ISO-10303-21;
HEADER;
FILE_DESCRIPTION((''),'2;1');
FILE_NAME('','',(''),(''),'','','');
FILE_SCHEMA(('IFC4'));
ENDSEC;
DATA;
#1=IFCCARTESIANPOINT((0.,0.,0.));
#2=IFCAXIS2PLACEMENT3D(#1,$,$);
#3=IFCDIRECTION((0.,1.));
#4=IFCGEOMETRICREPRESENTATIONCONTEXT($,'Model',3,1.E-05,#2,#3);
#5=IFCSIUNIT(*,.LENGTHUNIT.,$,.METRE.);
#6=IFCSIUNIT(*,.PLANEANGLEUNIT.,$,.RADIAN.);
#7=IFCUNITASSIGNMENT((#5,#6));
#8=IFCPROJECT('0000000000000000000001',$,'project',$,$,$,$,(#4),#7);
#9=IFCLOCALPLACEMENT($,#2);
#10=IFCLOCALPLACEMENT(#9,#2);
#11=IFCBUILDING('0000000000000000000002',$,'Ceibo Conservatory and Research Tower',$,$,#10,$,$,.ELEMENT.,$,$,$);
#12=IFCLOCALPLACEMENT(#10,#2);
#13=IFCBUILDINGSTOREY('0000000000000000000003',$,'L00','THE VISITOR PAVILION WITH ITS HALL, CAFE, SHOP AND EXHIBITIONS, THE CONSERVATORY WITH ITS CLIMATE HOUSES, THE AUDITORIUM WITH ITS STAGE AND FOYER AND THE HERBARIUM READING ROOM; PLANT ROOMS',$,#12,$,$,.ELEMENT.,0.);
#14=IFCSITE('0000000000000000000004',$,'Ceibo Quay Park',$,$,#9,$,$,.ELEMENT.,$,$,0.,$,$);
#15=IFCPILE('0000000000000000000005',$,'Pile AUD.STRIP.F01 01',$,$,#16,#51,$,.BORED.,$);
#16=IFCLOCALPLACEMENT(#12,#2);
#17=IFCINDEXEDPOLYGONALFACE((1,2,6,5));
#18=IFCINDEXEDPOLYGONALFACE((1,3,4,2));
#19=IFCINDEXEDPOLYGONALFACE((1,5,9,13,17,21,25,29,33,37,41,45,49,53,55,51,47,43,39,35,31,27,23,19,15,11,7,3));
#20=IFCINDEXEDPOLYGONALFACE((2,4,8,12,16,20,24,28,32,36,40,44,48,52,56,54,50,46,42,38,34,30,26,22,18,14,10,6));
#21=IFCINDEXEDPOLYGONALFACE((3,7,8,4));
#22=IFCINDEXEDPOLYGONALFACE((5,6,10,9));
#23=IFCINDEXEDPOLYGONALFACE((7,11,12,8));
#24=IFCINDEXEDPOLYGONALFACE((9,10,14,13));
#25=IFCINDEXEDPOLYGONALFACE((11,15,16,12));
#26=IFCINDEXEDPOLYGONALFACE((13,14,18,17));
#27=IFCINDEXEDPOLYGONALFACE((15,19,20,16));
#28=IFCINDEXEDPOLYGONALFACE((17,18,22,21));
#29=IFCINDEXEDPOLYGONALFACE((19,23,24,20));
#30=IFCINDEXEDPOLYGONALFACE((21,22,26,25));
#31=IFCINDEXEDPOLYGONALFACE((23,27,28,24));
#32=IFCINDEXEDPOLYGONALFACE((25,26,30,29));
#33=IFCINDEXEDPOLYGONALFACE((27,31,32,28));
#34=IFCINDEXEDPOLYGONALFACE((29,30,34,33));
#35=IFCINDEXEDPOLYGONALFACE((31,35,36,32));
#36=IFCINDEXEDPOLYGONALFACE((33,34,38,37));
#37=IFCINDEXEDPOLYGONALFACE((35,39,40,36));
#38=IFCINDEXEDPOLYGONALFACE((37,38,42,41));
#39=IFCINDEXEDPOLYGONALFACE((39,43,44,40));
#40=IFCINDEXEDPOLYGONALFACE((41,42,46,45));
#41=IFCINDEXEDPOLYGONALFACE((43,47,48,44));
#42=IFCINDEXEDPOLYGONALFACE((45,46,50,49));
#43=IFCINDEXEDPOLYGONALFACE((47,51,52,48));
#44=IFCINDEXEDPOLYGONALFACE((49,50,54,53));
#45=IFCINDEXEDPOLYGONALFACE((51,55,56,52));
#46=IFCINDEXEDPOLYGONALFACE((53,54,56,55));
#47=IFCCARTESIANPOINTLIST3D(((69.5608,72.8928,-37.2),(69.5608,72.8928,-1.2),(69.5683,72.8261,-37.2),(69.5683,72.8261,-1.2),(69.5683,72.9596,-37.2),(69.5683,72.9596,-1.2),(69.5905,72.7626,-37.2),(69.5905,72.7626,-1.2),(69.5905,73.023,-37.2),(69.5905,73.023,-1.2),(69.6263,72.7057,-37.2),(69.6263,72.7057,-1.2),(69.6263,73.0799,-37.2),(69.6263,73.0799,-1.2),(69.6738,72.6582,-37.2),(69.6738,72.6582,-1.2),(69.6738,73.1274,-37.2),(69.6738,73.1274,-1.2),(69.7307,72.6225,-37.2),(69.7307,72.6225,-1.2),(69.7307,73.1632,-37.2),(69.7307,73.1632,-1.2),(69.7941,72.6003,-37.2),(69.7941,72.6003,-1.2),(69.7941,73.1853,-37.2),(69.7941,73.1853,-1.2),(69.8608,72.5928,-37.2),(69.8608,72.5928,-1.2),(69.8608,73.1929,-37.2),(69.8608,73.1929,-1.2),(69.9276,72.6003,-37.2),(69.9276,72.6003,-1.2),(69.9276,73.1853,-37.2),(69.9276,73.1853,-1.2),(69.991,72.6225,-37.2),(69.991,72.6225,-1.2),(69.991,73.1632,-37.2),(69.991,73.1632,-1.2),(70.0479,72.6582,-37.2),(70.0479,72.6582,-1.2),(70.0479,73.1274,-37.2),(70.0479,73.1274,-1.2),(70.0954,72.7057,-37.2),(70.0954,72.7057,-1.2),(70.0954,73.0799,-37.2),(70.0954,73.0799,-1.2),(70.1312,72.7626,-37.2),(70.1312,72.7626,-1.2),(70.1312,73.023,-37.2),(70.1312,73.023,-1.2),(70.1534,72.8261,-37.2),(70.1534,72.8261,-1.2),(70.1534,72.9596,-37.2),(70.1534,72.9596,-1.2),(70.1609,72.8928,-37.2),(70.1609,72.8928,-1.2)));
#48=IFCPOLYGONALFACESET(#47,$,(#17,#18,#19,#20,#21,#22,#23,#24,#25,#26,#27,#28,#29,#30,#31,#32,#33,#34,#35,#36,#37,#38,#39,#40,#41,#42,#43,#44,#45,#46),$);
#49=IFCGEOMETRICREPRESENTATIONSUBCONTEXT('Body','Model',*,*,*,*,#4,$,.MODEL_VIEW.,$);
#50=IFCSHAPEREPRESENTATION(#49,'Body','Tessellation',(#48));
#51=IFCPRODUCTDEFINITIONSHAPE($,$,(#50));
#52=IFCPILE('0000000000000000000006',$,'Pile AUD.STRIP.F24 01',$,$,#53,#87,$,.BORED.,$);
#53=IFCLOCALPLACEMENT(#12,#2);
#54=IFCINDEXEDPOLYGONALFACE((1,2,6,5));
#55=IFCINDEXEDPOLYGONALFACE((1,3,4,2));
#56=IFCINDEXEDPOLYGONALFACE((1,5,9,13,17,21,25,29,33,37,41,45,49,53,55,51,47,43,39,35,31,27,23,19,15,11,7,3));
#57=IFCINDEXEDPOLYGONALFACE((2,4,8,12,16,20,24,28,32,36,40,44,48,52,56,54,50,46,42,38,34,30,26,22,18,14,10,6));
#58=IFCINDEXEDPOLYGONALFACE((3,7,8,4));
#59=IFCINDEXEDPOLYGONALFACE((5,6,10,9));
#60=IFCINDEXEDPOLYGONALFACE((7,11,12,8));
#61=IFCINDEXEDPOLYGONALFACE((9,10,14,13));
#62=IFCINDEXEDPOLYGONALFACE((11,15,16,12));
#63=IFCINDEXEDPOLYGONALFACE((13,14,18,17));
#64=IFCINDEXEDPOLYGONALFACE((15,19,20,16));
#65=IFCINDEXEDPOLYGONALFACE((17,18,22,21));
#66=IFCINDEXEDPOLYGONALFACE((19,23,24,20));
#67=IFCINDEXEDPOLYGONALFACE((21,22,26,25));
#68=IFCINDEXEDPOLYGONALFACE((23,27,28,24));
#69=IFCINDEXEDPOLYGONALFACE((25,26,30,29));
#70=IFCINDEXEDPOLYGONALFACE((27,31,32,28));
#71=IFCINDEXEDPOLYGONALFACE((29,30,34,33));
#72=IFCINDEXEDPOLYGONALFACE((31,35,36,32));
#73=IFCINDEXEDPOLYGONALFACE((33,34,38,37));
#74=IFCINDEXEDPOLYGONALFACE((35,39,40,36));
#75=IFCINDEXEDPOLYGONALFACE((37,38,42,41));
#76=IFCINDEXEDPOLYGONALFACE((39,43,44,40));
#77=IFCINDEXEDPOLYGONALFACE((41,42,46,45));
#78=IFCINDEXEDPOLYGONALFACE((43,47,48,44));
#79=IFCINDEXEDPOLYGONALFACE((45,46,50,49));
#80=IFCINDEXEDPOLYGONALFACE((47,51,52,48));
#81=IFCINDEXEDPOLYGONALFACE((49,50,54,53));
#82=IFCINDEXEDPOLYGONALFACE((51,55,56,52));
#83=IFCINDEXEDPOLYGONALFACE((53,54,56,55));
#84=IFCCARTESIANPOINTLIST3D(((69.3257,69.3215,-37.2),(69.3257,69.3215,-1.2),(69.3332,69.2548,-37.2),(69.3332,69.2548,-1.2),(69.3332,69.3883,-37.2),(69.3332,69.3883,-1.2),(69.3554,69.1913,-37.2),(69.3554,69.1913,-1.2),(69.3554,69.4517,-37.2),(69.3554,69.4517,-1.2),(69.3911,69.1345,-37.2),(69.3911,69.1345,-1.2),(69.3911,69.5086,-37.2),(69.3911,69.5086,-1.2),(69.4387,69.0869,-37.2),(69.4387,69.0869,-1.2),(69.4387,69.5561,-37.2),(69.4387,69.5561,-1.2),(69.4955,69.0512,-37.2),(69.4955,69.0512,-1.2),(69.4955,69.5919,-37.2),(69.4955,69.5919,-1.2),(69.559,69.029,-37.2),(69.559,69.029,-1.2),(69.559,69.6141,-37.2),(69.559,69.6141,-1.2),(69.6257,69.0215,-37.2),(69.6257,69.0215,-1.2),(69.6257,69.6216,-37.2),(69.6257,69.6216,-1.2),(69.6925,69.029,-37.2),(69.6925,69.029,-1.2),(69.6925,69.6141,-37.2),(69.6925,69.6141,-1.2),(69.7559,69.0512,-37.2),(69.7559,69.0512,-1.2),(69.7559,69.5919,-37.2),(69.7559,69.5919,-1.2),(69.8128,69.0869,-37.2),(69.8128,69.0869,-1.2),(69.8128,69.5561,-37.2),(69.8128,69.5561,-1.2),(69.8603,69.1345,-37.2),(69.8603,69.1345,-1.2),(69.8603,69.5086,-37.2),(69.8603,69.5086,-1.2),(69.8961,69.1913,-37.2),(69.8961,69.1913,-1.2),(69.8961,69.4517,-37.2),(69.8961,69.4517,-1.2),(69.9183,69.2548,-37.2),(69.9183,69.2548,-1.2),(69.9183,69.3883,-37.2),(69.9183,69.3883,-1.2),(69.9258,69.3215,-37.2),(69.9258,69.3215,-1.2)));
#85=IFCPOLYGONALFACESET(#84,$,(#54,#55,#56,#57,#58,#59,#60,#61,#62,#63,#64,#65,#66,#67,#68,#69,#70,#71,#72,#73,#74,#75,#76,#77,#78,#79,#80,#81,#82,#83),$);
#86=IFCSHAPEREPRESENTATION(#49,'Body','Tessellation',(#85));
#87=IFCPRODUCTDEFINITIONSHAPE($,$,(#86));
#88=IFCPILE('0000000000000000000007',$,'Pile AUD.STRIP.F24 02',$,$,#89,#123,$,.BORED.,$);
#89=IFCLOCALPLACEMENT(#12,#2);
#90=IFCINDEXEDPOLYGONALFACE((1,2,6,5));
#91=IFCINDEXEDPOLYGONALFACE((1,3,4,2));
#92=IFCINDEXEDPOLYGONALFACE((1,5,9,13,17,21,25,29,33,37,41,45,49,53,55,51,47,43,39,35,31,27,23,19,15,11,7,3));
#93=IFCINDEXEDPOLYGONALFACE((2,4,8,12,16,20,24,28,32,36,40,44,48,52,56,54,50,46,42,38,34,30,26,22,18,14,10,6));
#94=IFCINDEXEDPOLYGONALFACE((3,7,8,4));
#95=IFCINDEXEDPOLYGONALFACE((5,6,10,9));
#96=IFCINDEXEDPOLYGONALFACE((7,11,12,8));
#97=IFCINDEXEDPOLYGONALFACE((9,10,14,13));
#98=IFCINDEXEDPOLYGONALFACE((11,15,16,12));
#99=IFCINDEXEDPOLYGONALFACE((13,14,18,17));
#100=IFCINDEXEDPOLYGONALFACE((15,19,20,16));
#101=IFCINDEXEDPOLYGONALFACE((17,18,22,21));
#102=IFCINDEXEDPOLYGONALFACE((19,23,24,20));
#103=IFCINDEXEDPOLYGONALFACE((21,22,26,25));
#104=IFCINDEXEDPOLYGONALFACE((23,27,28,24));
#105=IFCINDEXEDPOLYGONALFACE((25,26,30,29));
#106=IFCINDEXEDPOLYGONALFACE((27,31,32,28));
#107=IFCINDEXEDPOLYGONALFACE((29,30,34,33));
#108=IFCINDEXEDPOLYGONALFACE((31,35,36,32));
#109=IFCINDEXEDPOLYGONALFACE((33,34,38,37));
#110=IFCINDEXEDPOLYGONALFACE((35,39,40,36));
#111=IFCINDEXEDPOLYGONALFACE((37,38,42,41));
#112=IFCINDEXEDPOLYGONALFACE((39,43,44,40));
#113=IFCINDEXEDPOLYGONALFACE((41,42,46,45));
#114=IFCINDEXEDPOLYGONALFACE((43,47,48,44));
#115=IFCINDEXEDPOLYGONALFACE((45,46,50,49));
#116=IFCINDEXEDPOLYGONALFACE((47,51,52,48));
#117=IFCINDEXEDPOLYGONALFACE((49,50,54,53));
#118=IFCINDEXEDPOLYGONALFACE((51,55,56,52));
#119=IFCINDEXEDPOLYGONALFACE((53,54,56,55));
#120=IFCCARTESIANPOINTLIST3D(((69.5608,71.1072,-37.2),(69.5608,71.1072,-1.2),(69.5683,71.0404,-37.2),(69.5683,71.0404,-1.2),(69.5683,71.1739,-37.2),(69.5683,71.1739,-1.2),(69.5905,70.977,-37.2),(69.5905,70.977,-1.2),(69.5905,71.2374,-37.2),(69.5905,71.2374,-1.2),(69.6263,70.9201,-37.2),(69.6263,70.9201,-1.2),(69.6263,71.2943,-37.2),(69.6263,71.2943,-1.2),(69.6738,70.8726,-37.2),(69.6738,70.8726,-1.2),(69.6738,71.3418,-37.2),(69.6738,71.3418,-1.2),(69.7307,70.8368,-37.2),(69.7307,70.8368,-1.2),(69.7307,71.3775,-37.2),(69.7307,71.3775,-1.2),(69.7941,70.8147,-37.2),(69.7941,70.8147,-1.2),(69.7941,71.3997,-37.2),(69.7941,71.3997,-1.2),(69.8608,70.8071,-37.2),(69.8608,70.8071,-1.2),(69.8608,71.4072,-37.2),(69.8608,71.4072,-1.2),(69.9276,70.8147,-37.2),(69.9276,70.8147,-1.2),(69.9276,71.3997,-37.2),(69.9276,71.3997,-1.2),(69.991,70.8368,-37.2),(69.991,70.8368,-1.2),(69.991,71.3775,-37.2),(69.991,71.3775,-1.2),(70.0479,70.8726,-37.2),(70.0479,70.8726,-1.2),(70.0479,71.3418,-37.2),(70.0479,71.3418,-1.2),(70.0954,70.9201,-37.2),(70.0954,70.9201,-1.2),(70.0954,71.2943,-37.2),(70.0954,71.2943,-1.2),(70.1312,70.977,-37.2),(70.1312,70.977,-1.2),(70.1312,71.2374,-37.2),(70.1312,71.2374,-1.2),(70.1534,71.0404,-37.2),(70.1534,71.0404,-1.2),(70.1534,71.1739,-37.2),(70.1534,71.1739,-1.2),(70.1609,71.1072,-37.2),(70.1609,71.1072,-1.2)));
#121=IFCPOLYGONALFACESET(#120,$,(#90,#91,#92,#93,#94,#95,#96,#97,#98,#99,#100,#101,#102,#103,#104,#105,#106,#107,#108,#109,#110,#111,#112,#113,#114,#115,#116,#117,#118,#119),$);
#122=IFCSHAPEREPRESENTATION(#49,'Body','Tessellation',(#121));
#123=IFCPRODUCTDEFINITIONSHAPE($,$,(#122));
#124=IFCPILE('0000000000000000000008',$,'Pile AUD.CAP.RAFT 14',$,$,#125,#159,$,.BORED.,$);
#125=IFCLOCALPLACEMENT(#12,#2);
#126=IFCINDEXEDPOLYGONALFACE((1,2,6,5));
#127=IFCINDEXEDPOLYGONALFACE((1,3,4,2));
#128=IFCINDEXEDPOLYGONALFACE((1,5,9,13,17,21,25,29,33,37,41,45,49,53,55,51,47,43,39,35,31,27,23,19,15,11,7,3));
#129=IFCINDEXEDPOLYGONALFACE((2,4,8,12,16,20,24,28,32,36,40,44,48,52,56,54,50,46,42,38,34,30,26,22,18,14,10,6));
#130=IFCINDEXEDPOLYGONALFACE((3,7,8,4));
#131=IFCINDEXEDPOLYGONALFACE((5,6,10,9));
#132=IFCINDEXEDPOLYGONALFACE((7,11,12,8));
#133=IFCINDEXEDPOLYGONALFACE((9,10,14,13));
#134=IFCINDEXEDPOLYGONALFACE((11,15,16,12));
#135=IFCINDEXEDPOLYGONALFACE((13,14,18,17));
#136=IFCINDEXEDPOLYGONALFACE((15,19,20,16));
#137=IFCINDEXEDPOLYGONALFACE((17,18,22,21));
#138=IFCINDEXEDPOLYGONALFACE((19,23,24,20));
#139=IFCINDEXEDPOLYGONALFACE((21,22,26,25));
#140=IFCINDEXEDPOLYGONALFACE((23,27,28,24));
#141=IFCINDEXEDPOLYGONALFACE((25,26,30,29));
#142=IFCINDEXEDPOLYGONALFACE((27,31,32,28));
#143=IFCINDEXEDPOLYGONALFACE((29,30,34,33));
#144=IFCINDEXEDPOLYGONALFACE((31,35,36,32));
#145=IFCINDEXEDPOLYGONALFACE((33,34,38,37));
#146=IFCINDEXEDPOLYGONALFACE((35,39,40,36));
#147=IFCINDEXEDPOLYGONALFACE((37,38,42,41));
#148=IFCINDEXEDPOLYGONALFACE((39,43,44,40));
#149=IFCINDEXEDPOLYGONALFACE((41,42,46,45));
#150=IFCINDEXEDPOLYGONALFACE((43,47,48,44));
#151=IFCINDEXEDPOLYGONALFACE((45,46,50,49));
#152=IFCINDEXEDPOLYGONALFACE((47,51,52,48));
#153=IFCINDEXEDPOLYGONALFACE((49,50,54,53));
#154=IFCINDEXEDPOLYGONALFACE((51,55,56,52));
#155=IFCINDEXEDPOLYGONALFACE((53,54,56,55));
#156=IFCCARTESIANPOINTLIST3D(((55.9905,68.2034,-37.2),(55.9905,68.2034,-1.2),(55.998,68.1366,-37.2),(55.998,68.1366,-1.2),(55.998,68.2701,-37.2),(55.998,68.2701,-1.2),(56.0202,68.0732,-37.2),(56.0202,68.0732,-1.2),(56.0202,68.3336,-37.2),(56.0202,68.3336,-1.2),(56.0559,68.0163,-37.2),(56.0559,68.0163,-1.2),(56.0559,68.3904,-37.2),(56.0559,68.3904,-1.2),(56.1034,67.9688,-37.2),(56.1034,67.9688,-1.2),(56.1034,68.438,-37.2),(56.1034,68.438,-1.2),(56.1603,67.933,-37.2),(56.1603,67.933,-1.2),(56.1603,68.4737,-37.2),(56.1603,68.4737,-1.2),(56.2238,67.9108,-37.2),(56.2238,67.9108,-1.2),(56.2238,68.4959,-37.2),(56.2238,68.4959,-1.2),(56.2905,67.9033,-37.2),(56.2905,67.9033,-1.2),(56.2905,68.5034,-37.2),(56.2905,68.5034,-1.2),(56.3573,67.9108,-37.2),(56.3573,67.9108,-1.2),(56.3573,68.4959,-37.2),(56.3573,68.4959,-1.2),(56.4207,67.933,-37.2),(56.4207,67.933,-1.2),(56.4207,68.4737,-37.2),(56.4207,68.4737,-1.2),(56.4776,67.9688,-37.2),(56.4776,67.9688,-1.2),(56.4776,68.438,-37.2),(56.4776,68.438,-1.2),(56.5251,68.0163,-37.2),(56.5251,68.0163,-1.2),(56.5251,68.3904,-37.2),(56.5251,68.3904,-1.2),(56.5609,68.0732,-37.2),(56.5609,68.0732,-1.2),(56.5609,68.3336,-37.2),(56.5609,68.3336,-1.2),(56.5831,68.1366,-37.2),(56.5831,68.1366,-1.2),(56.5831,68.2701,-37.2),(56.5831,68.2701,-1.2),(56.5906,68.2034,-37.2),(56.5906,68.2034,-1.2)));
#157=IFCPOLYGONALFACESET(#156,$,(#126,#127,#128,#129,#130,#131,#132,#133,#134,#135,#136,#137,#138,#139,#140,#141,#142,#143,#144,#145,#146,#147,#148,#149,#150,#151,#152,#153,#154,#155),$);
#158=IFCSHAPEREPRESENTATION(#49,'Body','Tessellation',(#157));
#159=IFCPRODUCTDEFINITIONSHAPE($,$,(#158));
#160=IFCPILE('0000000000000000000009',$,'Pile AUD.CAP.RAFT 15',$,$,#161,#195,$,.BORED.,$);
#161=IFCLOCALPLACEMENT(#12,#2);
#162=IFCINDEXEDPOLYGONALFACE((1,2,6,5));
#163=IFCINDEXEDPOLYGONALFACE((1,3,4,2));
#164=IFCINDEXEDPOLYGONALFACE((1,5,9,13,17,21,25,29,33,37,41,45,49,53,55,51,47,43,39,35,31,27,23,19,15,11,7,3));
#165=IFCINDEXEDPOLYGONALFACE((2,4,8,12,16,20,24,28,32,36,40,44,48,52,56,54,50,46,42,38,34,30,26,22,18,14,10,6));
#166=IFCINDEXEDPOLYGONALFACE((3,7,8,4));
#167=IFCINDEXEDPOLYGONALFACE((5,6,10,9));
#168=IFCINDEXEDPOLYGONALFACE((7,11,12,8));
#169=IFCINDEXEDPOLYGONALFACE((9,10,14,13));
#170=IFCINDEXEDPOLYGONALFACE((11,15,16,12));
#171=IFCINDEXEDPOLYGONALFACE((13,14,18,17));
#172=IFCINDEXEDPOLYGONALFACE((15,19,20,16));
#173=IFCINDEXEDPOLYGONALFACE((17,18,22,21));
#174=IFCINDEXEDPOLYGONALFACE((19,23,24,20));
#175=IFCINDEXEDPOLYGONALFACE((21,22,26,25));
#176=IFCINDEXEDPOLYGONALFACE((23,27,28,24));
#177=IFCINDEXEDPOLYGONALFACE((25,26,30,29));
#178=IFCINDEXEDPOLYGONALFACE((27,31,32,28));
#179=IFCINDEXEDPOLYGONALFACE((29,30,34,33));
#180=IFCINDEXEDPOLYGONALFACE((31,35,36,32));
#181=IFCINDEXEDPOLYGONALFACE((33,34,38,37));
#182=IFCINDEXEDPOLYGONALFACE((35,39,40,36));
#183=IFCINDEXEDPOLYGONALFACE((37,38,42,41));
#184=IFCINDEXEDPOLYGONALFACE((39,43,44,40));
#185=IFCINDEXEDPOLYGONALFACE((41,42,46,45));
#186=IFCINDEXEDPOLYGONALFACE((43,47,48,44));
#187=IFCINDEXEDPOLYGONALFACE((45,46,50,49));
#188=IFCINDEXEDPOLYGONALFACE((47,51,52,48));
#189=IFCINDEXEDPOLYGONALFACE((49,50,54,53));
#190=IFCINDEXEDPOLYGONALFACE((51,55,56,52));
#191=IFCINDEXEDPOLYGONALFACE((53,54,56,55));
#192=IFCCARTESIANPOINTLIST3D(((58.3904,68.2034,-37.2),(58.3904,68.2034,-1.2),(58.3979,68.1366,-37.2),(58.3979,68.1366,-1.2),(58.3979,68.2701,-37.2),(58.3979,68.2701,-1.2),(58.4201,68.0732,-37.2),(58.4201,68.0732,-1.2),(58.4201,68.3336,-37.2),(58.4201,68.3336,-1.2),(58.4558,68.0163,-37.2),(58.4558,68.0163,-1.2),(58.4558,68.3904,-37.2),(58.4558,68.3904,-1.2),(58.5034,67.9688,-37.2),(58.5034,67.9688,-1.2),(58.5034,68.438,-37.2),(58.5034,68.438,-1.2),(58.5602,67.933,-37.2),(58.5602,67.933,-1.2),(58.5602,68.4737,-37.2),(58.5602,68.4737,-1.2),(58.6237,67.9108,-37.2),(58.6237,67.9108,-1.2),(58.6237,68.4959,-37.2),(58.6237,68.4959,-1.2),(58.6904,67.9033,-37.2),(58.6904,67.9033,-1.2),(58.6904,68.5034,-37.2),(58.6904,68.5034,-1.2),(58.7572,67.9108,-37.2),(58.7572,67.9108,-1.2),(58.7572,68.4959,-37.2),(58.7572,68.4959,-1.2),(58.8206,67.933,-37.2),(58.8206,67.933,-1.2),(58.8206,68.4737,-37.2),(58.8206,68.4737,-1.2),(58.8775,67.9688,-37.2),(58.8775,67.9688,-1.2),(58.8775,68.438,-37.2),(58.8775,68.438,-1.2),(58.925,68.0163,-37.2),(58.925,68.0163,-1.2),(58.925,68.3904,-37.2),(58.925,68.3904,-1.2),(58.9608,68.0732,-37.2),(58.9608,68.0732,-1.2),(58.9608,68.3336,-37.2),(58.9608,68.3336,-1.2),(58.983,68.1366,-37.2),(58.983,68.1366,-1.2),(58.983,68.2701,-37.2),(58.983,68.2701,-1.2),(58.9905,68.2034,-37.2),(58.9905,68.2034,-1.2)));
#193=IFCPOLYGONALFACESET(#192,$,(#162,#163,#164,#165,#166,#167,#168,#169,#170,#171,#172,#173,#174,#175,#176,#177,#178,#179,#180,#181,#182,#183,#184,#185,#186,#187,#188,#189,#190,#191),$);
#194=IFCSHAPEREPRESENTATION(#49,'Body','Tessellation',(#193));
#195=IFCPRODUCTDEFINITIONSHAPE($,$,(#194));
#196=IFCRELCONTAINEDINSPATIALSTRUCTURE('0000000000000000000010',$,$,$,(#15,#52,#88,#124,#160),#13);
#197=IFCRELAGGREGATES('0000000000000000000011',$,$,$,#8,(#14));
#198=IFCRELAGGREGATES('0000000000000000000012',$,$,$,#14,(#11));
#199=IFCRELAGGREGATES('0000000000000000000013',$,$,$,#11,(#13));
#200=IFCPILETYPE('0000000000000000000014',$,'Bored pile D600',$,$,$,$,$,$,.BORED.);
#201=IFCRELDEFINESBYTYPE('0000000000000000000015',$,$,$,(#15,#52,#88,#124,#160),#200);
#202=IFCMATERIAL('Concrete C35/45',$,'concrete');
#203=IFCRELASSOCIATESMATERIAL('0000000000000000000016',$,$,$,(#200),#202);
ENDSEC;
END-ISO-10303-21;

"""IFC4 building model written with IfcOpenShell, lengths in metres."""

from ifc_helpers import new_model, si_unit, direction, frame, origin, origin_2d, place, context, subcontext, project, spatial, circle, extrude, material, material_profile, profile_set, type_object, element, save


model = new_model("IFC4")

# Units and contexts
model_context = context("Model", 3, precision=1e-05, world=origin(), true_north=direction((0.0, 1.0)))
body_context = subcontext(model_context, "Body", "Model", "MODEL_VIEW")
ifc_project = project(units=[si_unit("LENGTHUNIT", "METRE"), si_unit("PLANEANGLEUNIT", "RADIAN")], contexts=[model_context])

# Site, building, storey
site_placement = place(None, origin())
site = spatial("IfcSite", under=ifc_project, at=site_placement, Name="Ceibo Quay Park", CompositionType="ELEMENT", RefElevation=0.0)
building_placement = place(site_placement, origin())
building = spatial("IfcBuilding", under=site, at=building_placement, Name="Ceibo Conservatory and Research Tower", CompositionType="ELEMENT")
storey_placement = place(building_placement, origin())
storey = spatial("IfcBuildingStorey", under=building, at=storey_placement, Name="L00", Description="THE VISITOR PAVILION WITH ITS HALL, CAFE, SHOP AND EXHIBITIONS, THE CONSERVATORY WITH ITS CLIMATE HOUSES, THE AUDITORIUM WITH ITS STAGE AND FOYER AND THE HERBARIUM READING ROOM; PLANT ROOMS", CompositionType="ELEMENT", Elevation=0.0)

# Piles
ifc_material_1 = material(Name="Concrete C35/45", Category="concrete")
ifc_material_profile_1 = material_profile(ifc_material_1, circle(Radius=0.3, at=origin_2d()), Name="RC D600")
ifc_profile_set_1 = profile_set([ifc_material_profile_1], Name="Concrete C35/45")
pile_type = type_object("IfcPileType", Name="Bored pile D600", PredefinedType="BORED", material=ifc_profile_set_1)
for number, where, z_axis, x_axis, name in (
    (1, (69.8608, 72.8928, -1.2), (0.0, 0.0, -1.0), (1.0, 0.0, 0.0), "Pile AUD.STRIP.F01 01"),
    (2, (69.6257, 69.3215, -1.2), (0.0, 0.0, -1.0), (1.0, 0.0, 0.0), "Pile AUD.STRIP.F24 01"),
    (3, (69.8608, 71.1072, -1.2), (0.0, 0.0, -1.0), (1.0, 0.0, 0.0), "Pile AUD.STRIP.F24 02"),
    (4, (56.2905, 68.2034, -1.2), (0.0, 0.0, -1.0), (1.0, 0.0, 0.0), "Pile AUD.CAP.RAFT 14"),
    (5, (58.6904, 68.2034, -1.2), (0.0, 0.0, -1.0), (1.0, 0.0, 0.0), "Pile AUD.CAP.RAFT 15"),
):
    element("IfcPile", number, at=place(storey_placement, frame(where, z_axis=z_axis, x_axis=x_axis)), inside=storey, type_object=pile_type, Name=name, PredefinedType="BORED", context=body_context, shape_type="SweptSolid", body=[
        extrude(circle(Radius=0.3, at=origin_2d()), origin(), (0.0, 0.0, 1.0), 36.0),
    ])

save(model, "model.ifc")
